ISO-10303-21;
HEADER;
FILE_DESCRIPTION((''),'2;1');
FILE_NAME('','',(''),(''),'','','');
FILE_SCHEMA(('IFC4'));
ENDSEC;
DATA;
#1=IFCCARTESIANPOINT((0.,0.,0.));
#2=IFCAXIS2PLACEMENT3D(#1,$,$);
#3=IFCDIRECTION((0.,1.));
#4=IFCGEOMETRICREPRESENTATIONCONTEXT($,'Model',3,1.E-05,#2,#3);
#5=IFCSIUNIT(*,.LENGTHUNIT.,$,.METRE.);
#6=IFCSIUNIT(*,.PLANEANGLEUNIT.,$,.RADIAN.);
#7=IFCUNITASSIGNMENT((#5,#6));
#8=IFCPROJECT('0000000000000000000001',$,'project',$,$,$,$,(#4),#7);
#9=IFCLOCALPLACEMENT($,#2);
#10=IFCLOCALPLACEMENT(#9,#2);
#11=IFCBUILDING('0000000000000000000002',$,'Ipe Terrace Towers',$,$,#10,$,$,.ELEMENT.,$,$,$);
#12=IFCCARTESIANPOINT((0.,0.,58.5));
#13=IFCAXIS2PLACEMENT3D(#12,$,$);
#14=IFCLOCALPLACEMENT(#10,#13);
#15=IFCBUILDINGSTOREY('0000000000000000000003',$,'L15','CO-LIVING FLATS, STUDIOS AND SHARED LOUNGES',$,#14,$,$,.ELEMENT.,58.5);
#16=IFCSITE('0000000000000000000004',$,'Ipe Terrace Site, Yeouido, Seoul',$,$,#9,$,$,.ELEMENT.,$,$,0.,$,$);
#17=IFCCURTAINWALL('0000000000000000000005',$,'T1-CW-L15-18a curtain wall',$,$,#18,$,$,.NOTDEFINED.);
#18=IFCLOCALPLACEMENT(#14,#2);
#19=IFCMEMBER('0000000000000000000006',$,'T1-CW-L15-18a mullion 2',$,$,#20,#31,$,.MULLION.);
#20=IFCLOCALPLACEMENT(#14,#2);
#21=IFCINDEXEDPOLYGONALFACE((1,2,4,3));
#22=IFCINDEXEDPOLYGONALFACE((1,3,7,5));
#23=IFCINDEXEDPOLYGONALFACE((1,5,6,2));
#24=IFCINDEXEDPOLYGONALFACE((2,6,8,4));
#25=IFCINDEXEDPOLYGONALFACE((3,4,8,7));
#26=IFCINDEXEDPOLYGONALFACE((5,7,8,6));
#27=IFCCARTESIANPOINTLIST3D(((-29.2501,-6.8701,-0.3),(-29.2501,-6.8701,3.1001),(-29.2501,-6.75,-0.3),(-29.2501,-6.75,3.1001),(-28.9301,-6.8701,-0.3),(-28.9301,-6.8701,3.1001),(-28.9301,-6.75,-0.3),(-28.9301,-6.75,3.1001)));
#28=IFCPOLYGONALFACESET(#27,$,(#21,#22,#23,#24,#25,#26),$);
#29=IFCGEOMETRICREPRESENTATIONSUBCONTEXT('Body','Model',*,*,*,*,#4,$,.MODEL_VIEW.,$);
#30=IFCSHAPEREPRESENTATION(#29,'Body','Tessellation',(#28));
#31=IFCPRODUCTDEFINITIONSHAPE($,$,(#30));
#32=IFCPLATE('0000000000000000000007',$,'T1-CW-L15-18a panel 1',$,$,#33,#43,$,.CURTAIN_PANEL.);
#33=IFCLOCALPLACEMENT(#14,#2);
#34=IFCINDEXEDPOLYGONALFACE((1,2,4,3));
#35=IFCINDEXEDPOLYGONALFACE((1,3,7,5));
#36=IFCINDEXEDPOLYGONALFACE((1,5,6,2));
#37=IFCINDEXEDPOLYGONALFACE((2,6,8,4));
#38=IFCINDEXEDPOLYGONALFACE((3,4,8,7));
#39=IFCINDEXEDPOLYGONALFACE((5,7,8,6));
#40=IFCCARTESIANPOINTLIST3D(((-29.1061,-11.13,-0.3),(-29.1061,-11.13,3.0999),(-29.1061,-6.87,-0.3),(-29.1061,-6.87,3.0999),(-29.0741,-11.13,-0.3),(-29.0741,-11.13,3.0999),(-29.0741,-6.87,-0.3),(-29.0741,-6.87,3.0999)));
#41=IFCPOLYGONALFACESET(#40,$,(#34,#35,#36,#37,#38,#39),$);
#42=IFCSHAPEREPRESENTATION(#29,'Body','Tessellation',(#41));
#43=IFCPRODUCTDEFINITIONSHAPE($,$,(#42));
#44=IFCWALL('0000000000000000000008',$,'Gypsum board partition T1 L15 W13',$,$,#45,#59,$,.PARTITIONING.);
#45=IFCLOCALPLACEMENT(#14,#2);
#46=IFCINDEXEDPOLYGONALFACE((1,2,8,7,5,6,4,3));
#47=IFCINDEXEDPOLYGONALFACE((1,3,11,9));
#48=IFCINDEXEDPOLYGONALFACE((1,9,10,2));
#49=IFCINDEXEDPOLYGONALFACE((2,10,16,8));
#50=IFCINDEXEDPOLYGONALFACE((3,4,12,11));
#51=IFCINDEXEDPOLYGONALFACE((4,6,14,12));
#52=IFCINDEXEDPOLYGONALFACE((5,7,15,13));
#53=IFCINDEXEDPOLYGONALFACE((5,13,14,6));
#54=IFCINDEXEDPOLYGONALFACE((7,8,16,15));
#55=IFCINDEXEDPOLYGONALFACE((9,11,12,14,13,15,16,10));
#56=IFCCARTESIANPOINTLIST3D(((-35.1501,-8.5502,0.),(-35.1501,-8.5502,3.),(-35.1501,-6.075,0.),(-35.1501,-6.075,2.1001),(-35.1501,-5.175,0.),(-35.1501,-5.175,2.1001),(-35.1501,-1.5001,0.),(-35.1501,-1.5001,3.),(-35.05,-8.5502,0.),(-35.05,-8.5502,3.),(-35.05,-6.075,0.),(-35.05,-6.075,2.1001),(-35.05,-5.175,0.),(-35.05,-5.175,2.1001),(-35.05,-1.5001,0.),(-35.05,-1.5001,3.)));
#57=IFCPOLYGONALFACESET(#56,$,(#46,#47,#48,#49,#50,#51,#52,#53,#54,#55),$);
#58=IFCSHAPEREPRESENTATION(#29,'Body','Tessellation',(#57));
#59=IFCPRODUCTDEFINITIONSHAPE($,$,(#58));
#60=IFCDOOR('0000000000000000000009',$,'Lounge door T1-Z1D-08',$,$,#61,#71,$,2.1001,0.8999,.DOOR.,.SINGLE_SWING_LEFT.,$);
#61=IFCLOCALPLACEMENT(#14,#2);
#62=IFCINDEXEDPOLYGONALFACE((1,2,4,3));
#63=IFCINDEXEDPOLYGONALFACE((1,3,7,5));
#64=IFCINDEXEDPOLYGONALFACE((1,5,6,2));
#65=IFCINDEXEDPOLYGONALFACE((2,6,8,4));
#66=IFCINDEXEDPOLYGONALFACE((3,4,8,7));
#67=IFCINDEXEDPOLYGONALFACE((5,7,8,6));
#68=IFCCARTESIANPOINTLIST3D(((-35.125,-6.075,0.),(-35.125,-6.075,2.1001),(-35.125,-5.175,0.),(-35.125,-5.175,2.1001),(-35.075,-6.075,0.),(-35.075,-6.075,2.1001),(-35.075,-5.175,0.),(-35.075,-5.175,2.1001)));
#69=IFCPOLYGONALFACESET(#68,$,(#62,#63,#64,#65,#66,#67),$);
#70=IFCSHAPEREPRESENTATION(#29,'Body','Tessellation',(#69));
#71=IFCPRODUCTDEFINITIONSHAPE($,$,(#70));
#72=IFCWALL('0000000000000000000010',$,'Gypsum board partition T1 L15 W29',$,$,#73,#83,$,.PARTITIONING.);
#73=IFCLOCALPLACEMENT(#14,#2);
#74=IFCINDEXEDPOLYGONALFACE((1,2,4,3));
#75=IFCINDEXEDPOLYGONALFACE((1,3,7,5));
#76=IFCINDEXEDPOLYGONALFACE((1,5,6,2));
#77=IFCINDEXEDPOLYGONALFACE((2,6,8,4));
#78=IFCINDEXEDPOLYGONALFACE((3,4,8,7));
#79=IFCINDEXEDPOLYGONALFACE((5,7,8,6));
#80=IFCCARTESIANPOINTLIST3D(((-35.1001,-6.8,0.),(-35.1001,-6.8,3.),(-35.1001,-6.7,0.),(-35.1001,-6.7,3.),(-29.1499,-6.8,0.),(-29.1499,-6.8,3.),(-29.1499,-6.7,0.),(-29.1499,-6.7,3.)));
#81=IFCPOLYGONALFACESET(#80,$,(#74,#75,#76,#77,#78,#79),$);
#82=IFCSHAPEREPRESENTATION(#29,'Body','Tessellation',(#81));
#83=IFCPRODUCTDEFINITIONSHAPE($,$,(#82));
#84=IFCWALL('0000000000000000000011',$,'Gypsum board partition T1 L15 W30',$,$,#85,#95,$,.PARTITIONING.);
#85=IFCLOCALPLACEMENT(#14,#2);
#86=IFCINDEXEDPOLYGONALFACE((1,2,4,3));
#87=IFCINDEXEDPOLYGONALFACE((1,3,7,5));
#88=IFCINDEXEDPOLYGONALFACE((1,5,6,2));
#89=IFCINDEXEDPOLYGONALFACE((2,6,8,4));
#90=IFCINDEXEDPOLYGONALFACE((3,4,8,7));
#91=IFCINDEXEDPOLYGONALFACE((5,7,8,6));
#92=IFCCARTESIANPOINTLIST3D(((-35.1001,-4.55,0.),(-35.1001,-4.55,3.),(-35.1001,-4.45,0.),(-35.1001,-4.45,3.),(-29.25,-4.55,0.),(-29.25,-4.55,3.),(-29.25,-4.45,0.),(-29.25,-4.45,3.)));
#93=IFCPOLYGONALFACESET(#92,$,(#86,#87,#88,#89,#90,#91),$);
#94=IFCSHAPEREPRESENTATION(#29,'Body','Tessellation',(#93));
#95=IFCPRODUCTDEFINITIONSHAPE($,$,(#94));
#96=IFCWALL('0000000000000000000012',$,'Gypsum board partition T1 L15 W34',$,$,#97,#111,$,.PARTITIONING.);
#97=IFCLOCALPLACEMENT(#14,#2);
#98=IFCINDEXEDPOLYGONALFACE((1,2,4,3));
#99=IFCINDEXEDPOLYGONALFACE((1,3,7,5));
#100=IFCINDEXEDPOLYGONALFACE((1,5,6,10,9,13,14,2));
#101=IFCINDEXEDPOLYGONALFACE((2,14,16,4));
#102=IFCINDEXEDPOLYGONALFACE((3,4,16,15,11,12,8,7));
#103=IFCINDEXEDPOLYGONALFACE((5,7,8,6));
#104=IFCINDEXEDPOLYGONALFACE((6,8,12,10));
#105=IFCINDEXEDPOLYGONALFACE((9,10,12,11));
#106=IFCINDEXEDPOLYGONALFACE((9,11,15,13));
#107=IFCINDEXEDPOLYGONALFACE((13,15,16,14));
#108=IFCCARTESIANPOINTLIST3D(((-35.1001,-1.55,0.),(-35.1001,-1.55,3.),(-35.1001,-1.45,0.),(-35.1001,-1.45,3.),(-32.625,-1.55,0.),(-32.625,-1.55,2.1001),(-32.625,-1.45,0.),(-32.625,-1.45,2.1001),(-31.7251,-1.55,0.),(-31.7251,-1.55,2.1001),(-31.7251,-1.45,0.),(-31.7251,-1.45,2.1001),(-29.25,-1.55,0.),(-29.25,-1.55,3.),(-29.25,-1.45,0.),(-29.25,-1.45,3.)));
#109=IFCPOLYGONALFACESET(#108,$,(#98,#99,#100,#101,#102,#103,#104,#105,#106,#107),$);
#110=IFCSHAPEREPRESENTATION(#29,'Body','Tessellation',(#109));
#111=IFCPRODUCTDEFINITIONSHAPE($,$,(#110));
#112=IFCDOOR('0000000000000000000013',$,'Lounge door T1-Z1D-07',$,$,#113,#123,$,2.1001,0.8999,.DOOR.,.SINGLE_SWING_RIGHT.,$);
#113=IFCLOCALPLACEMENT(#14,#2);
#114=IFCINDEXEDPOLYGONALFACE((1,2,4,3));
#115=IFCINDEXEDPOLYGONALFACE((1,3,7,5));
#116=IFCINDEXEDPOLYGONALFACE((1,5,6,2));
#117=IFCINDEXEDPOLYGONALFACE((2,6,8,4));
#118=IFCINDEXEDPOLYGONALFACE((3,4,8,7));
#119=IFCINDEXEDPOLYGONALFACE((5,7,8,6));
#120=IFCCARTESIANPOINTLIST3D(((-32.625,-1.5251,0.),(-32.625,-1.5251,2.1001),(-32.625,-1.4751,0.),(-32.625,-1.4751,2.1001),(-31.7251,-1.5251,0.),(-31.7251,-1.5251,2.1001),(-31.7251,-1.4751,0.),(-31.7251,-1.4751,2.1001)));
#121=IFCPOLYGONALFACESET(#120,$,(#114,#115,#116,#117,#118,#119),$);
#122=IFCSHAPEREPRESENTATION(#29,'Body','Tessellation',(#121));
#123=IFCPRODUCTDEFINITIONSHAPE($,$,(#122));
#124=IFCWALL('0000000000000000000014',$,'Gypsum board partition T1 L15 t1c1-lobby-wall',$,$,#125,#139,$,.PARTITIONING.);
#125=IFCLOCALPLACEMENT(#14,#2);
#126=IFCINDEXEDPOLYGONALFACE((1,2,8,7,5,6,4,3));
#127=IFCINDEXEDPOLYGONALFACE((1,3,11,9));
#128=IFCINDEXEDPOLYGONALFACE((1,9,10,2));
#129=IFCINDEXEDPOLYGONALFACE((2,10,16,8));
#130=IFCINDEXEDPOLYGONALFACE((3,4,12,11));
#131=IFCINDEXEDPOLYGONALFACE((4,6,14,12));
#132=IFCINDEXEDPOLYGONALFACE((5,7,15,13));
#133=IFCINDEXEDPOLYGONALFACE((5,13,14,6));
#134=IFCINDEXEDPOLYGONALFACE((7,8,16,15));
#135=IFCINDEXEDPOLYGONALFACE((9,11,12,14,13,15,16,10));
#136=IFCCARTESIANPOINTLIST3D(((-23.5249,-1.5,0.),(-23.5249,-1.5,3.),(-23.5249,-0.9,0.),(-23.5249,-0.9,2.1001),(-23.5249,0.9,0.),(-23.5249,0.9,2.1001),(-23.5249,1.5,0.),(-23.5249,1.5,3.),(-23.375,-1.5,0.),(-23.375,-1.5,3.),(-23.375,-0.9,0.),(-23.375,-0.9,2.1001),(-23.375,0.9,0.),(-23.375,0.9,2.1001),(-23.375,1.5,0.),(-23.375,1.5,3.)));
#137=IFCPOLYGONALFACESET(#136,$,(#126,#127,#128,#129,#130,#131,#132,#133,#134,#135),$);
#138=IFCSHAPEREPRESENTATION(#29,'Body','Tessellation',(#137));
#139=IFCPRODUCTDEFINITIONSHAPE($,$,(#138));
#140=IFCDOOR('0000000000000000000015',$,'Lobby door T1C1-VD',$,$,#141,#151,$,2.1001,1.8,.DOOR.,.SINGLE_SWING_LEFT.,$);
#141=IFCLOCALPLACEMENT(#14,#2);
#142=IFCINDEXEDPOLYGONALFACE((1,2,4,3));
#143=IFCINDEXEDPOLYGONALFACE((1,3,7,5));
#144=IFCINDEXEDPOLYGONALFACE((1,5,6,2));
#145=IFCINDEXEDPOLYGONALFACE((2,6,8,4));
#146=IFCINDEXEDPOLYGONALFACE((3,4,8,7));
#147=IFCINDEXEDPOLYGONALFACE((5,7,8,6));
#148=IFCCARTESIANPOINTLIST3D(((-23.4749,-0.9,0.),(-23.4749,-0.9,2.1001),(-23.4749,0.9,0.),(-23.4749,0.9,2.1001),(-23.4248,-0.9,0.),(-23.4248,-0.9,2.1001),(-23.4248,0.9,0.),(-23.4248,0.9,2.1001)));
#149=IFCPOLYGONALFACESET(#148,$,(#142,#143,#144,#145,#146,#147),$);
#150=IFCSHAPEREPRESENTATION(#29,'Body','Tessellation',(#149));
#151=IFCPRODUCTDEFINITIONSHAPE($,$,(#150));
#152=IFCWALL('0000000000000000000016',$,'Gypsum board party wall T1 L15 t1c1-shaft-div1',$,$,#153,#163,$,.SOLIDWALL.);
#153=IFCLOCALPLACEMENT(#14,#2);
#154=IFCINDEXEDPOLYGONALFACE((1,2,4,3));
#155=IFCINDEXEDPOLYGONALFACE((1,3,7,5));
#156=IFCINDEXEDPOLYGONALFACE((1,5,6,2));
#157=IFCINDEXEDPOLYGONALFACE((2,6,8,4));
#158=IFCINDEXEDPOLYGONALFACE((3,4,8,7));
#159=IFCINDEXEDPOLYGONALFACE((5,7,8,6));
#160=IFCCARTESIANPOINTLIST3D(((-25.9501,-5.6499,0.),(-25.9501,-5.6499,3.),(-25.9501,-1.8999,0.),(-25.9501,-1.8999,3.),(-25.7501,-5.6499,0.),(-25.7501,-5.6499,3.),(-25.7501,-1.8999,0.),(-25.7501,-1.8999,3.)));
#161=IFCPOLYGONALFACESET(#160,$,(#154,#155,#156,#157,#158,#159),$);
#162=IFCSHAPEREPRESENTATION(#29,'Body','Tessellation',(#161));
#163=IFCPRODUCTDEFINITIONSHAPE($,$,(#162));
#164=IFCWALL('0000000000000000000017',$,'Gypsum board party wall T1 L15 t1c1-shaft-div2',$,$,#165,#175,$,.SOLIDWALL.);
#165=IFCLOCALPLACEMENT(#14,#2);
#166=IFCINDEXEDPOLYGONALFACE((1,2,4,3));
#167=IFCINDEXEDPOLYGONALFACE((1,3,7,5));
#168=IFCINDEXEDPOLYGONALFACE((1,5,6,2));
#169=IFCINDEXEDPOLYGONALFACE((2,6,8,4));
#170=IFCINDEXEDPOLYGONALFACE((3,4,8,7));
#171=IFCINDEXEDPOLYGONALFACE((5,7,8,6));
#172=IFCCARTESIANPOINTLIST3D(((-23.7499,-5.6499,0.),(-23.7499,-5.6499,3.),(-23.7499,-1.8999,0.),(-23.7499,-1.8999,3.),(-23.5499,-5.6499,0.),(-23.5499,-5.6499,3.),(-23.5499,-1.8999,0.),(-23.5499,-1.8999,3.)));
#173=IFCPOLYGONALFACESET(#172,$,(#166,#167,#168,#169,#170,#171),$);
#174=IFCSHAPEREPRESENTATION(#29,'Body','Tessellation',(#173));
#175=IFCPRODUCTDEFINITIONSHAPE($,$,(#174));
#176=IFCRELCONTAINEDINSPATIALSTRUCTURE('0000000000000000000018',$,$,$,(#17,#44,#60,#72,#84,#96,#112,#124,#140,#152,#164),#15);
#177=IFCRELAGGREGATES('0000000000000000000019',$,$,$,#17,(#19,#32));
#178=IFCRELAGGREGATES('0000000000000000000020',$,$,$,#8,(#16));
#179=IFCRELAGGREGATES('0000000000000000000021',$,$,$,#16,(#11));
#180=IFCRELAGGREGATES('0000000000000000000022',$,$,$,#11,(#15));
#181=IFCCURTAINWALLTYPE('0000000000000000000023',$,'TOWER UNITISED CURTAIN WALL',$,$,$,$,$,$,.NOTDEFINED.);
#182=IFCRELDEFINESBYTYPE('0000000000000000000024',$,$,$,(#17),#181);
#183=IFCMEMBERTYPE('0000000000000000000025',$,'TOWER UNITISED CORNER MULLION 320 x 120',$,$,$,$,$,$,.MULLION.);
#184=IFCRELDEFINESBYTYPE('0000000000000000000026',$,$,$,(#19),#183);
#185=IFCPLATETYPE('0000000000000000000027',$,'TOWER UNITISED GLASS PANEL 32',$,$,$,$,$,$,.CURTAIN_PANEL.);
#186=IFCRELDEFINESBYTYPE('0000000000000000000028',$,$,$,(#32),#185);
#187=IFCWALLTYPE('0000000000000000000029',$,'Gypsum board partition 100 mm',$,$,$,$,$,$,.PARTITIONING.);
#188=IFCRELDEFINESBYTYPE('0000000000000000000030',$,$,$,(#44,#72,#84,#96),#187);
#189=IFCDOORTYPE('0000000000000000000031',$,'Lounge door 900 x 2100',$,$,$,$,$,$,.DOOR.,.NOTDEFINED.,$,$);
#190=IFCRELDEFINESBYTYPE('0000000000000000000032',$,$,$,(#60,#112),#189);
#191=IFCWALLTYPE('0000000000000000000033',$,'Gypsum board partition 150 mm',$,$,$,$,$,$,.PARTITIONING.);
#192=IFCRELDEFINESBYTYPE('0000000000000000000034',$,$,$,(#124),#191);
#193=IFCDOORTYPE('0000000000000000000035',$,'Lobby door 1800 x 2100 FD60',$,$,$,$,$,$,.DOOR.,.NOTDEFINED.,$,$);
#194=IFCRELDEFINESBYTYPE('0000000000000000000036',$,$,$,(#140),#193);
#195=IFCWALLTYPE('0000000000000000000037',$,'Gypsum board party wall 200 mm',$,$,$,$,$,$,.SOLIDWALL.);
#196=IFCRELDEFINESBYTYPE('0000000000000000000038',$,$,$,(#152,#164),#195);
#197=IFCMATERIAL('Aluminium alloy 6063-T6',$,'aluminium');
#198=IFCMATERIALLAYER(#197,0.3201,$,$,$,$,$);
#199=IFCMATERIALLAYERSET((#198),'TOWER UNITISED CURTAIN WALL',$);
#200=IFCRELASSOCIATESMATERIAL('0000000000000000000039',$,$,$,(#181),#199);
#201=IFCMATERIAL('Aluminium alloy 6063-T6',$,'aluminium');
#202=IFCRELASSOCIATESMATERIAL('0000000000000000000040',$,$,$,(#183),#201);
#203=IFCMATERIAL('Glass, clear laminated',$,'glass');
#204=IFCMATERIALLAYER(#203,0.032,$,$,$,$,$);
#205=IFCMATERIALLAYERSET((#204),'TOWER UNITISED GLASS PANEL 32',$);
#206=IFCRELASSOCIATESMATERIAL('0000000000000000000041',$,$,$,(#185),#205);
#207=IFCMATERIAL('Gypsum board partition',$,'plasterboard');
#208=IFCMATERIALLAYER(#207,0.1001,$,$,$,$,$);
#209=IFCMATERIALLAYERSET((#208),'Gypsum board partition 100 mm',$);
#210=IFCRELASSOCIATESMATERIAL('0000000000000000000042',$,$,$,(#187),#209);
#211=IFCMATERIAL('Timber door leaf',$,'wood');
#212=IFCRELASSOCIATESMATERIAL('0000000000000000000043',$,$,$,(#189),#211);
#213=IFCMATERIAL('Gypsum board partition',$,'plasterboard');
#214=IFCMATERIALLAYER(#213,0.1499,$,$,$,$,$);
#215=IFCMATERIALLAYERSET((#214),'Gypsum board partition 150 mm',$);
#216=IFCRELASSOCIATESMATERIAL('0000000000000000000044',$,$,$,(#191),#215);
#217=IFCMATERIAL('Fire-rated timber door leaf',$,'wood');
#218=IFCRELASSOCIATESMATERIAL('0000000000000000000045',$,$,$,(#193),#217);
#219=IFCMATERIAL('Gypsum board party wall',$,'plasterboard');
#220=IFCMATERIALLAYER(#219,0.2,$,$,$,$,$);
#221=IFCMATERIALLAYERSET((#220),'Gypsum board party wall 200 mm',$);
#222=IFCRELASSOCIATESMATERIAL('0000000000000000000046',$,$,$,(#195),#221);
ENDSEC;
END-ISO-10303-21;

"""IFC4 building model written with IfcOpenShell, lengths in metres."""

from ifc_helpers import new_model, si_unit, direction, frame, frame_2d, origin, origin_2d, place, context, subcontext, project, spatial, rectangle, extrude, material, layer, layer_set, material_profile, profile_set, type_object, element, fill, aggregate, save


model = new_model("IFC4")

# Units and contexts
model_context = context("Model", 3, precision=1e-05, world=origin(), true_north=direction((0.0, 1.0)))
body_context = subcontext(model_context, "Body", "Model", "MODEL_VIEW")
ifc_project = project(units=[si_unit("LENGTHUNIT", "METRE"), si_unit("PLANEANGLEUNIT", "RADIAN")], contexts=[model_context])

# Site, building, storey
site_placement = place(None, origin())
site = spatial("IfcSite", under=ifc_project, at=site_placement, Name="Ipe Terrace Site, Yeouido, Seoul", CompositionType="ELEMENT", RefElevation=0.0)
building_placement = place(site_placement, origin())
building = spatial("IfcBuilding", under=site, at=building_placement, Name="Ipe Terrace Towers", CompositionType="ELEMENT")
storey_placement = place(building_placement, frame((0.0, 0.0, 58.5)))
storey = spatial("IfcBuildingStorey", under=building, at=storey_placement, Name="L15", Description="CO-LIVING FLATS, STUDIOS AND SHARED LOUNGES", CompositionType="ELEMENT", Elevation=58.5)

# Shared definitions
ifc_material_1 = material(Name="Aluminium alloy 6063-T6", Category="aluminium")
ifc_layer_1 = layer(ifc_material_1, 0.3201)
ifc_layer_set_1 = layer_set([ifc_layer_1], Name="TOWER UNITISED CURTAIN WALL")
curtain_wall_type = type_object("IfcCurtainWallType", Name="TOWER UNITISED CURTAIN WALL", PredefinedType="NOTDEFINED", material=ifc_layer_set_1)
ifc_material_2 = material(Name="Aluminium alloy 6063-T6", Category="aluminium")
ifc_material_profile_1 = material_profile(ifc_material_2, rectangle(XDim=0.3201, YDim=0.1201, at=origin_2d()), Name="TOWER UNITISED CORNER MULLION 320 x 120")
ifc_profile_set_1 = profile_set([ifc_material_profile_1], Name="Aluminium alloy 6063-T6")
member_type = type_object("IfcMemberType", Name="TOWER UNITISED CORNER MULLION 320 x 120", PredefinedType="MULLION", material=ifc_profile_set_1)

# Curtain wall, member, plate
curtain_wall_1_placement = place(storey_placement, origin())
curtain_wall_1 = element("IfcCurtainWall", 1, at=curtain_wall_1_placement, inside=storey, type_object=curtain_wall_type, Name="T1-CW-L15-18a curtain wall", PredefinedType="NOTDEFINED")
member_1_placement = place(storey_placement, frame((-29.0901, -6.8101, -0.3), z_axis=(0.0, 0.0, 1.0), x_axis=(1.0, 0.0, 0.0)))
member_1 = element("IfcMember", 2, at=member_1_placement, type_object=member_type, Name="T1-CW-L15-18a mullion 2", PredefinedType="MULLION", context=body_context, shape_type="SweptSolid", body=[
    extrude(rectangle(XDim=0.3201, YDim=0.1201, at=origin_2d()), origin(), (0.0, 0.0, 1.0), 3.4001),
])
ifc_material_3 = material(Name="Glass, clear laminated", Category="glass")
ifc_layer_2 = layer(ifc_material_3, 0.032)
ifc_layer_set_2 = layer_set([ifc_layer_2], Name="TOWER UNITISED GLASS PANEL 32")
plate_type = type_object("IfcPlateType", Name="TOWER UNITISED GLASS PANEL 32", PredefinedType="CURTAIN_PANEL", material=ifc_layer_set_2)
plate_placement = place(storey_placement, frame((-29.0901, -9.0, -0.3), z_axis=(0.0, 0.0, 1.0), x_axis=(0.0, 1.0, 0.0)))
plate = element("IfcPlate", 3, at=plate_placement, type_object=plate_type, Name="T1-CW-L15-18a panel 1", PredefinedType="CURTAIN_PANEL", context=body_context, shape_type="SweptSolid", body=[
    extrude(rectangle(XDim=4.26, YDim=0.032, at=origin_2d()), origin(), (0.0, 0.0, 1.0), 3.3999),
])
aggregate(curtain_wall_1, [member_1, plate])

# Wall, opening, door
ifc_material_4 = material(Name="Gypsum board partition", Category="plasterboard")
ifc_layer_3 = layer(ifc_material_4, 0.1001)
ifc_layer_set_3 = layer_set([ifc_layer_3], Name="Gypsum board partition 100 mm")
wall_type_1 = type_object("IfcWallType", Name="Gypsum board partition 100 mm", PredefinedType="PARTITIONING", material=ifc_layer_set_3)
wall_1_placement = place(storey_placement, frame((-35.1001, -8.55, 0.0), z_axis=(0.0, 0.0, 1.0), x_axis=(0.0, 1.0, 0.0)))
wall_1 = element("IfcWall", 4, at=wall_1_placement, inside=storey, type_object=wall_type_1, Name="Gypsum board partition T1 L15 W13", PredefinedType="PARTITIONING", context=body_context, shape_type="SweptSolid", body=[
    extrude(rectangle(XDim=7.05, YDim=0.1001, at=frame_2d((3.5249, 0.0))), origin(), (0.0, 0.0, 1.0), 3.0),
])
opening_1_placement = place(wall_1_placement, frame((2.4751, 0.0, 0.0)))
opening_1 = element("IfcOpeningElement", 5, at=opening_1_placement, cuts=wall_1, PredefinedType="OPENING", context=body_context, shape_type="SweptSolid", body=[
    extrude(rectangle(XDim=0.8999, YDim=2.1001, at=frame_2d((0.45, 1.05))), frame((0.0, 0.0601, 0.0), z_axis=(0.0, -1.0, 0.0), x_axis=(1.0, 0.0, 0.0)), (0.0, 0.0, 1.0), 0.1201),
])
ifc_material_5 = material(Name="Timber door leaf", Category="wood")
door_type_1 = type_object("IfcDoorType", Name="Lounge door 900 x 2100", OperationType="NOTDEFINED", PredefinedType="DOOR", material=ifc_material_5)
door_1_placement = place(opening_1_placement, origin())
door_1 = element("IfcDoor", 6, at=door_1_placement, inside=storey, type_object=door_type_1, Name="Lounge door T1-Z1D-08", OperationType="SINGLE_SWING_LEFT", OverallHeight=2.1001, OverallWidth=0.8999, PredefinedType="DOOR", context=body_context, shape_type="SweptSolid", body=[
    extrude(rectangle(XDim=0.8999, YDim=2.1001, at=frame_2d((0.45, 1.05))), frame((0.0, 0.0249, 0.0), z_axis=(0.0, -1.0, 0.0), x_axis=(1.0, 0.0, 0.0)), (0.0, 0.0, 1.0), 0.05),
])
fill(opening_1, door_1)

# Walls
wall_2_placement = place(storey_placement, frame((-35.1001, -6.75, 0.0), z_axis=(0.0, 0.0, 1.0), x_axis=(1.0, 0.0, 0.0)))
element("IfcWall", 7, at=wall_2_placement, inside=storey, type_object=wall_type_1, Name="Gypsum board partition T1 L15 W29", PredefinedType="PARTITIONING", context=body_context, shape_type="SweptSolid", body=[
    extrude(rectangle(XDim=5.9502, YDim=0.1001, at=frame_2d((2.9751, 0.0))), origin(), (0.0, 0.0, 1.0), 3.0),
])
wall_3_placement = place(storey_placement, frame((-35.1001, -4.5, 0.0), z_axis=(0.0, 0.0, 1.0), x_axis=(1.0, 0.0, 0.0)))
element("IfcWall", 8, at=wall_3_placement, inside=storey, type_object=wall_type_1, Name="Gypsum board partition T1 L15 W30", PredefinedType="PARTITIONING", context=body_context, shape_type="SweptSolid", body=[
    extrude(rectangle(XDim=5.8501, YDim=0.1001, at=frame_2d((2.925, 0.0))), origin(), (0.0, 0.0, 1.0), 3.0),
])

# Walls, openings, doors
wall_4_placement = place(storey_placement, frame((-35.1001, -1.5, 0.0), z_axis=(0.0, 0.0, 1.0), x_axis=(1.0, 0.0, 0.0)))
wall_4 = element("IfcWall", 9, at=wall_4_placement, inside=storey, type_object=wall_type_1, Name="Gypsum board partition T1 L15 W34", PredefinedType="PARTITIONING", context=body_context, shape_type="SweptSolid", body=[
    extrude(rectangle(XDim=5.8501, YDim=0.1001, at=frame_2d((2.925, 0.0))), origin(), (0.0, 0.0, 1.0), 3.0),
])
opening_2_placement = place(wall_4_placement, frame((2.4751, 0.0, 0.0)))
opening_2 = element("IfcOpeningElement", 10, at=opening_2_placement, cuts=wall_4, PredefinedType="OPENING", context=body_context, shape_type="SweptSolid", body=[
    extrude(rectangle(XDim=0.8999, YDim=2.1001, at=frame_2d((0.45, 1.05))), frame((0.0, 0.0601, 0.0), z_axis=(0.0, -1.0, 0.0), x_axis=(1.0, 0.0, 0.0)), (0.0, 0.0, 1.0), 0.1201),
])
door_2_placement = place(opening_2_placement, origin())
door_2 = element("IfcDoor", 11, at=door_2_placement, inside=storey, type_object=door_type_1, Name="Lounge door T1-Z1D-07", OperationType="SINGLE_SWING_RIGHT", OverallHeight=2.1001, OverallWidth=0.8999, PredefinedType="DOOR", context=body_context, shape_type="SweptSolid", body=[
    extrude(rectangle(XDim=0.8999, YDim=2.1001, at=frame_2d((0.45, 1.05))), frame((0.0, 0.0249, 0.0), z_axis=(0.0, -1.0, 0.0), x_axis=(1.0, 0.0, 0.0)), (0.0, 0.0, 1.0), 0.05),
])
fill(opening_2, door_2)
ifc_material_6 = material(Name="Gypsum board partition", Category="plasterboard")
ifc_layer_4 = layer(ifc_material_6, 0.1499)
ifc_layer_set_4 = layer_set([ifc_layer_4], Name="Gypsum board partition 150 mm")
wall_type_2 = type_object("IfcWallType", Name="Gypsum board partition 150 mm", PredefinedType="PARTITIONING", material=ifc_layer_set_4)
wall_5_placement = place(storey_placement, frame((-23.45, -1.5, 0.0), z_axis=(0.0, 0.0, 1.0), x_axis=(0.0, 1.0, 0.0)))
wall_5 = element("IfcWall", 12, at=wall_5_placement, inside=storey, type_object=wall_type_2, Name="Gypsum board partition T1 L15 t1c1-lobby-wall", PredefinedType="PARTITIONING", context=body_context, shape_type="SweptSolid", body=[
    extrude(rectangle(XDim=3.0, YDim=0.1499, at=frame_2d((1.5, 0.0))), origin(), (0.0, 0.0, 1.0), 3.0),
])
opening_3_placement = place(wall_5_placement, frame((0.6001, 0.0, 0.0)))
opening_3 = element("IfcOpeningElement", 13, at=opening_3_placement, cuts=wall_5, PredefinedType="OPENING", context=body_context, shape_type="SweptSolid", body=[
    extrude(rectangle(XDim=1.8, YDim=2.1001, at=frame_2d((0.8999, 1.05))), frame((0.0, 0.085, 0.0), z_axis=(0.0, -1.0, 0.0), x_axis=(1.0, 0.0, 0.0)), (0.0, 0.0, 1.0), 0.1699),
])
ifc_material_7 = material(Name="Fire-rated timber door leaf", Category="wood")
door_type_2 = type_object("IfcDoorType", Name="Lobby door 1800 x 2100 FD60", OperationType="NOTDEFINED", PredefinedType="DOOR", material=ifc_material_7)
door_3_placement = place(opening_3_placement, origin())
door_3 = element("IfcDoor", 14, at=door_3_placement, inside=storey, type_object=door_type_2, Name="Lobby door T1C1-VD", OperationType="SINGLE_SWING_LEFT", OverallHeight=2.1001, OverallWidth=1.8, PredefinedType="DOOR", context=body_context, shape_type="SweptSolid", body=[
    extrude(rectangle(XDim=1.8, YDim=2.1001, at=frame_2d((0.8999, 1.05))), frame((0.0, 0.0249, 0.0), z_axis=(0.0, -1.0, 0.0), x_axis=(1.0, 0.0, 0.0)), (0.0, 0.0, 1.0), 0.05),
])
fill(opening_3, door_3)

# Walls
ifc_material_8 = material(Name="Gypsum board party wall", Category="plasterboard")
ifc_layer_5 = layer(ifc_material_8, 0.2)
ifc_layer_set_5 = layer_set([ifc_layer_5], Name="Gypsum board party wall 200 mm")
wall_type_3 = type_object("IfcWallType", Name="Gypsum board party wall 200 mm", PredefinedType="SOLIDWALL", material=ifc_layer_set_5)
for number, where, z_axis, x_axis, name in (
    (15, (-25.8501, -5.6499, 0.0), (0.0, 0.0, 1.0), (0.0, 1.0, 0.0), "Gypsum board party wall T1 L15 t1c1-shaft-div1"),
    (16, (-23.6499, -5.6499, 0.0), (0.0, 0.0, 1.0), (0.0, 1.0, 0.0), "Gypsum board party wall T1 L15 t1c1-shaft-div2"),
):
    element("IfcWall", number, at=place(storey_placement, frame(where, z_axis=z_axis, x_axis=x_axis)), inside=storey, type_object=wall_type_3, Name=name, PredefinedType="SOLIDWALL", context=body_context, shape_type="SweptSolid", body=[
        extrude(rectangle(XDim=3.75, YDim=0.2, at=frame_2d((1.875, 0.0))), origin(), (0.0, 0.0, 1.0), 3.0),
    ])

save(model, "model.ifc")
